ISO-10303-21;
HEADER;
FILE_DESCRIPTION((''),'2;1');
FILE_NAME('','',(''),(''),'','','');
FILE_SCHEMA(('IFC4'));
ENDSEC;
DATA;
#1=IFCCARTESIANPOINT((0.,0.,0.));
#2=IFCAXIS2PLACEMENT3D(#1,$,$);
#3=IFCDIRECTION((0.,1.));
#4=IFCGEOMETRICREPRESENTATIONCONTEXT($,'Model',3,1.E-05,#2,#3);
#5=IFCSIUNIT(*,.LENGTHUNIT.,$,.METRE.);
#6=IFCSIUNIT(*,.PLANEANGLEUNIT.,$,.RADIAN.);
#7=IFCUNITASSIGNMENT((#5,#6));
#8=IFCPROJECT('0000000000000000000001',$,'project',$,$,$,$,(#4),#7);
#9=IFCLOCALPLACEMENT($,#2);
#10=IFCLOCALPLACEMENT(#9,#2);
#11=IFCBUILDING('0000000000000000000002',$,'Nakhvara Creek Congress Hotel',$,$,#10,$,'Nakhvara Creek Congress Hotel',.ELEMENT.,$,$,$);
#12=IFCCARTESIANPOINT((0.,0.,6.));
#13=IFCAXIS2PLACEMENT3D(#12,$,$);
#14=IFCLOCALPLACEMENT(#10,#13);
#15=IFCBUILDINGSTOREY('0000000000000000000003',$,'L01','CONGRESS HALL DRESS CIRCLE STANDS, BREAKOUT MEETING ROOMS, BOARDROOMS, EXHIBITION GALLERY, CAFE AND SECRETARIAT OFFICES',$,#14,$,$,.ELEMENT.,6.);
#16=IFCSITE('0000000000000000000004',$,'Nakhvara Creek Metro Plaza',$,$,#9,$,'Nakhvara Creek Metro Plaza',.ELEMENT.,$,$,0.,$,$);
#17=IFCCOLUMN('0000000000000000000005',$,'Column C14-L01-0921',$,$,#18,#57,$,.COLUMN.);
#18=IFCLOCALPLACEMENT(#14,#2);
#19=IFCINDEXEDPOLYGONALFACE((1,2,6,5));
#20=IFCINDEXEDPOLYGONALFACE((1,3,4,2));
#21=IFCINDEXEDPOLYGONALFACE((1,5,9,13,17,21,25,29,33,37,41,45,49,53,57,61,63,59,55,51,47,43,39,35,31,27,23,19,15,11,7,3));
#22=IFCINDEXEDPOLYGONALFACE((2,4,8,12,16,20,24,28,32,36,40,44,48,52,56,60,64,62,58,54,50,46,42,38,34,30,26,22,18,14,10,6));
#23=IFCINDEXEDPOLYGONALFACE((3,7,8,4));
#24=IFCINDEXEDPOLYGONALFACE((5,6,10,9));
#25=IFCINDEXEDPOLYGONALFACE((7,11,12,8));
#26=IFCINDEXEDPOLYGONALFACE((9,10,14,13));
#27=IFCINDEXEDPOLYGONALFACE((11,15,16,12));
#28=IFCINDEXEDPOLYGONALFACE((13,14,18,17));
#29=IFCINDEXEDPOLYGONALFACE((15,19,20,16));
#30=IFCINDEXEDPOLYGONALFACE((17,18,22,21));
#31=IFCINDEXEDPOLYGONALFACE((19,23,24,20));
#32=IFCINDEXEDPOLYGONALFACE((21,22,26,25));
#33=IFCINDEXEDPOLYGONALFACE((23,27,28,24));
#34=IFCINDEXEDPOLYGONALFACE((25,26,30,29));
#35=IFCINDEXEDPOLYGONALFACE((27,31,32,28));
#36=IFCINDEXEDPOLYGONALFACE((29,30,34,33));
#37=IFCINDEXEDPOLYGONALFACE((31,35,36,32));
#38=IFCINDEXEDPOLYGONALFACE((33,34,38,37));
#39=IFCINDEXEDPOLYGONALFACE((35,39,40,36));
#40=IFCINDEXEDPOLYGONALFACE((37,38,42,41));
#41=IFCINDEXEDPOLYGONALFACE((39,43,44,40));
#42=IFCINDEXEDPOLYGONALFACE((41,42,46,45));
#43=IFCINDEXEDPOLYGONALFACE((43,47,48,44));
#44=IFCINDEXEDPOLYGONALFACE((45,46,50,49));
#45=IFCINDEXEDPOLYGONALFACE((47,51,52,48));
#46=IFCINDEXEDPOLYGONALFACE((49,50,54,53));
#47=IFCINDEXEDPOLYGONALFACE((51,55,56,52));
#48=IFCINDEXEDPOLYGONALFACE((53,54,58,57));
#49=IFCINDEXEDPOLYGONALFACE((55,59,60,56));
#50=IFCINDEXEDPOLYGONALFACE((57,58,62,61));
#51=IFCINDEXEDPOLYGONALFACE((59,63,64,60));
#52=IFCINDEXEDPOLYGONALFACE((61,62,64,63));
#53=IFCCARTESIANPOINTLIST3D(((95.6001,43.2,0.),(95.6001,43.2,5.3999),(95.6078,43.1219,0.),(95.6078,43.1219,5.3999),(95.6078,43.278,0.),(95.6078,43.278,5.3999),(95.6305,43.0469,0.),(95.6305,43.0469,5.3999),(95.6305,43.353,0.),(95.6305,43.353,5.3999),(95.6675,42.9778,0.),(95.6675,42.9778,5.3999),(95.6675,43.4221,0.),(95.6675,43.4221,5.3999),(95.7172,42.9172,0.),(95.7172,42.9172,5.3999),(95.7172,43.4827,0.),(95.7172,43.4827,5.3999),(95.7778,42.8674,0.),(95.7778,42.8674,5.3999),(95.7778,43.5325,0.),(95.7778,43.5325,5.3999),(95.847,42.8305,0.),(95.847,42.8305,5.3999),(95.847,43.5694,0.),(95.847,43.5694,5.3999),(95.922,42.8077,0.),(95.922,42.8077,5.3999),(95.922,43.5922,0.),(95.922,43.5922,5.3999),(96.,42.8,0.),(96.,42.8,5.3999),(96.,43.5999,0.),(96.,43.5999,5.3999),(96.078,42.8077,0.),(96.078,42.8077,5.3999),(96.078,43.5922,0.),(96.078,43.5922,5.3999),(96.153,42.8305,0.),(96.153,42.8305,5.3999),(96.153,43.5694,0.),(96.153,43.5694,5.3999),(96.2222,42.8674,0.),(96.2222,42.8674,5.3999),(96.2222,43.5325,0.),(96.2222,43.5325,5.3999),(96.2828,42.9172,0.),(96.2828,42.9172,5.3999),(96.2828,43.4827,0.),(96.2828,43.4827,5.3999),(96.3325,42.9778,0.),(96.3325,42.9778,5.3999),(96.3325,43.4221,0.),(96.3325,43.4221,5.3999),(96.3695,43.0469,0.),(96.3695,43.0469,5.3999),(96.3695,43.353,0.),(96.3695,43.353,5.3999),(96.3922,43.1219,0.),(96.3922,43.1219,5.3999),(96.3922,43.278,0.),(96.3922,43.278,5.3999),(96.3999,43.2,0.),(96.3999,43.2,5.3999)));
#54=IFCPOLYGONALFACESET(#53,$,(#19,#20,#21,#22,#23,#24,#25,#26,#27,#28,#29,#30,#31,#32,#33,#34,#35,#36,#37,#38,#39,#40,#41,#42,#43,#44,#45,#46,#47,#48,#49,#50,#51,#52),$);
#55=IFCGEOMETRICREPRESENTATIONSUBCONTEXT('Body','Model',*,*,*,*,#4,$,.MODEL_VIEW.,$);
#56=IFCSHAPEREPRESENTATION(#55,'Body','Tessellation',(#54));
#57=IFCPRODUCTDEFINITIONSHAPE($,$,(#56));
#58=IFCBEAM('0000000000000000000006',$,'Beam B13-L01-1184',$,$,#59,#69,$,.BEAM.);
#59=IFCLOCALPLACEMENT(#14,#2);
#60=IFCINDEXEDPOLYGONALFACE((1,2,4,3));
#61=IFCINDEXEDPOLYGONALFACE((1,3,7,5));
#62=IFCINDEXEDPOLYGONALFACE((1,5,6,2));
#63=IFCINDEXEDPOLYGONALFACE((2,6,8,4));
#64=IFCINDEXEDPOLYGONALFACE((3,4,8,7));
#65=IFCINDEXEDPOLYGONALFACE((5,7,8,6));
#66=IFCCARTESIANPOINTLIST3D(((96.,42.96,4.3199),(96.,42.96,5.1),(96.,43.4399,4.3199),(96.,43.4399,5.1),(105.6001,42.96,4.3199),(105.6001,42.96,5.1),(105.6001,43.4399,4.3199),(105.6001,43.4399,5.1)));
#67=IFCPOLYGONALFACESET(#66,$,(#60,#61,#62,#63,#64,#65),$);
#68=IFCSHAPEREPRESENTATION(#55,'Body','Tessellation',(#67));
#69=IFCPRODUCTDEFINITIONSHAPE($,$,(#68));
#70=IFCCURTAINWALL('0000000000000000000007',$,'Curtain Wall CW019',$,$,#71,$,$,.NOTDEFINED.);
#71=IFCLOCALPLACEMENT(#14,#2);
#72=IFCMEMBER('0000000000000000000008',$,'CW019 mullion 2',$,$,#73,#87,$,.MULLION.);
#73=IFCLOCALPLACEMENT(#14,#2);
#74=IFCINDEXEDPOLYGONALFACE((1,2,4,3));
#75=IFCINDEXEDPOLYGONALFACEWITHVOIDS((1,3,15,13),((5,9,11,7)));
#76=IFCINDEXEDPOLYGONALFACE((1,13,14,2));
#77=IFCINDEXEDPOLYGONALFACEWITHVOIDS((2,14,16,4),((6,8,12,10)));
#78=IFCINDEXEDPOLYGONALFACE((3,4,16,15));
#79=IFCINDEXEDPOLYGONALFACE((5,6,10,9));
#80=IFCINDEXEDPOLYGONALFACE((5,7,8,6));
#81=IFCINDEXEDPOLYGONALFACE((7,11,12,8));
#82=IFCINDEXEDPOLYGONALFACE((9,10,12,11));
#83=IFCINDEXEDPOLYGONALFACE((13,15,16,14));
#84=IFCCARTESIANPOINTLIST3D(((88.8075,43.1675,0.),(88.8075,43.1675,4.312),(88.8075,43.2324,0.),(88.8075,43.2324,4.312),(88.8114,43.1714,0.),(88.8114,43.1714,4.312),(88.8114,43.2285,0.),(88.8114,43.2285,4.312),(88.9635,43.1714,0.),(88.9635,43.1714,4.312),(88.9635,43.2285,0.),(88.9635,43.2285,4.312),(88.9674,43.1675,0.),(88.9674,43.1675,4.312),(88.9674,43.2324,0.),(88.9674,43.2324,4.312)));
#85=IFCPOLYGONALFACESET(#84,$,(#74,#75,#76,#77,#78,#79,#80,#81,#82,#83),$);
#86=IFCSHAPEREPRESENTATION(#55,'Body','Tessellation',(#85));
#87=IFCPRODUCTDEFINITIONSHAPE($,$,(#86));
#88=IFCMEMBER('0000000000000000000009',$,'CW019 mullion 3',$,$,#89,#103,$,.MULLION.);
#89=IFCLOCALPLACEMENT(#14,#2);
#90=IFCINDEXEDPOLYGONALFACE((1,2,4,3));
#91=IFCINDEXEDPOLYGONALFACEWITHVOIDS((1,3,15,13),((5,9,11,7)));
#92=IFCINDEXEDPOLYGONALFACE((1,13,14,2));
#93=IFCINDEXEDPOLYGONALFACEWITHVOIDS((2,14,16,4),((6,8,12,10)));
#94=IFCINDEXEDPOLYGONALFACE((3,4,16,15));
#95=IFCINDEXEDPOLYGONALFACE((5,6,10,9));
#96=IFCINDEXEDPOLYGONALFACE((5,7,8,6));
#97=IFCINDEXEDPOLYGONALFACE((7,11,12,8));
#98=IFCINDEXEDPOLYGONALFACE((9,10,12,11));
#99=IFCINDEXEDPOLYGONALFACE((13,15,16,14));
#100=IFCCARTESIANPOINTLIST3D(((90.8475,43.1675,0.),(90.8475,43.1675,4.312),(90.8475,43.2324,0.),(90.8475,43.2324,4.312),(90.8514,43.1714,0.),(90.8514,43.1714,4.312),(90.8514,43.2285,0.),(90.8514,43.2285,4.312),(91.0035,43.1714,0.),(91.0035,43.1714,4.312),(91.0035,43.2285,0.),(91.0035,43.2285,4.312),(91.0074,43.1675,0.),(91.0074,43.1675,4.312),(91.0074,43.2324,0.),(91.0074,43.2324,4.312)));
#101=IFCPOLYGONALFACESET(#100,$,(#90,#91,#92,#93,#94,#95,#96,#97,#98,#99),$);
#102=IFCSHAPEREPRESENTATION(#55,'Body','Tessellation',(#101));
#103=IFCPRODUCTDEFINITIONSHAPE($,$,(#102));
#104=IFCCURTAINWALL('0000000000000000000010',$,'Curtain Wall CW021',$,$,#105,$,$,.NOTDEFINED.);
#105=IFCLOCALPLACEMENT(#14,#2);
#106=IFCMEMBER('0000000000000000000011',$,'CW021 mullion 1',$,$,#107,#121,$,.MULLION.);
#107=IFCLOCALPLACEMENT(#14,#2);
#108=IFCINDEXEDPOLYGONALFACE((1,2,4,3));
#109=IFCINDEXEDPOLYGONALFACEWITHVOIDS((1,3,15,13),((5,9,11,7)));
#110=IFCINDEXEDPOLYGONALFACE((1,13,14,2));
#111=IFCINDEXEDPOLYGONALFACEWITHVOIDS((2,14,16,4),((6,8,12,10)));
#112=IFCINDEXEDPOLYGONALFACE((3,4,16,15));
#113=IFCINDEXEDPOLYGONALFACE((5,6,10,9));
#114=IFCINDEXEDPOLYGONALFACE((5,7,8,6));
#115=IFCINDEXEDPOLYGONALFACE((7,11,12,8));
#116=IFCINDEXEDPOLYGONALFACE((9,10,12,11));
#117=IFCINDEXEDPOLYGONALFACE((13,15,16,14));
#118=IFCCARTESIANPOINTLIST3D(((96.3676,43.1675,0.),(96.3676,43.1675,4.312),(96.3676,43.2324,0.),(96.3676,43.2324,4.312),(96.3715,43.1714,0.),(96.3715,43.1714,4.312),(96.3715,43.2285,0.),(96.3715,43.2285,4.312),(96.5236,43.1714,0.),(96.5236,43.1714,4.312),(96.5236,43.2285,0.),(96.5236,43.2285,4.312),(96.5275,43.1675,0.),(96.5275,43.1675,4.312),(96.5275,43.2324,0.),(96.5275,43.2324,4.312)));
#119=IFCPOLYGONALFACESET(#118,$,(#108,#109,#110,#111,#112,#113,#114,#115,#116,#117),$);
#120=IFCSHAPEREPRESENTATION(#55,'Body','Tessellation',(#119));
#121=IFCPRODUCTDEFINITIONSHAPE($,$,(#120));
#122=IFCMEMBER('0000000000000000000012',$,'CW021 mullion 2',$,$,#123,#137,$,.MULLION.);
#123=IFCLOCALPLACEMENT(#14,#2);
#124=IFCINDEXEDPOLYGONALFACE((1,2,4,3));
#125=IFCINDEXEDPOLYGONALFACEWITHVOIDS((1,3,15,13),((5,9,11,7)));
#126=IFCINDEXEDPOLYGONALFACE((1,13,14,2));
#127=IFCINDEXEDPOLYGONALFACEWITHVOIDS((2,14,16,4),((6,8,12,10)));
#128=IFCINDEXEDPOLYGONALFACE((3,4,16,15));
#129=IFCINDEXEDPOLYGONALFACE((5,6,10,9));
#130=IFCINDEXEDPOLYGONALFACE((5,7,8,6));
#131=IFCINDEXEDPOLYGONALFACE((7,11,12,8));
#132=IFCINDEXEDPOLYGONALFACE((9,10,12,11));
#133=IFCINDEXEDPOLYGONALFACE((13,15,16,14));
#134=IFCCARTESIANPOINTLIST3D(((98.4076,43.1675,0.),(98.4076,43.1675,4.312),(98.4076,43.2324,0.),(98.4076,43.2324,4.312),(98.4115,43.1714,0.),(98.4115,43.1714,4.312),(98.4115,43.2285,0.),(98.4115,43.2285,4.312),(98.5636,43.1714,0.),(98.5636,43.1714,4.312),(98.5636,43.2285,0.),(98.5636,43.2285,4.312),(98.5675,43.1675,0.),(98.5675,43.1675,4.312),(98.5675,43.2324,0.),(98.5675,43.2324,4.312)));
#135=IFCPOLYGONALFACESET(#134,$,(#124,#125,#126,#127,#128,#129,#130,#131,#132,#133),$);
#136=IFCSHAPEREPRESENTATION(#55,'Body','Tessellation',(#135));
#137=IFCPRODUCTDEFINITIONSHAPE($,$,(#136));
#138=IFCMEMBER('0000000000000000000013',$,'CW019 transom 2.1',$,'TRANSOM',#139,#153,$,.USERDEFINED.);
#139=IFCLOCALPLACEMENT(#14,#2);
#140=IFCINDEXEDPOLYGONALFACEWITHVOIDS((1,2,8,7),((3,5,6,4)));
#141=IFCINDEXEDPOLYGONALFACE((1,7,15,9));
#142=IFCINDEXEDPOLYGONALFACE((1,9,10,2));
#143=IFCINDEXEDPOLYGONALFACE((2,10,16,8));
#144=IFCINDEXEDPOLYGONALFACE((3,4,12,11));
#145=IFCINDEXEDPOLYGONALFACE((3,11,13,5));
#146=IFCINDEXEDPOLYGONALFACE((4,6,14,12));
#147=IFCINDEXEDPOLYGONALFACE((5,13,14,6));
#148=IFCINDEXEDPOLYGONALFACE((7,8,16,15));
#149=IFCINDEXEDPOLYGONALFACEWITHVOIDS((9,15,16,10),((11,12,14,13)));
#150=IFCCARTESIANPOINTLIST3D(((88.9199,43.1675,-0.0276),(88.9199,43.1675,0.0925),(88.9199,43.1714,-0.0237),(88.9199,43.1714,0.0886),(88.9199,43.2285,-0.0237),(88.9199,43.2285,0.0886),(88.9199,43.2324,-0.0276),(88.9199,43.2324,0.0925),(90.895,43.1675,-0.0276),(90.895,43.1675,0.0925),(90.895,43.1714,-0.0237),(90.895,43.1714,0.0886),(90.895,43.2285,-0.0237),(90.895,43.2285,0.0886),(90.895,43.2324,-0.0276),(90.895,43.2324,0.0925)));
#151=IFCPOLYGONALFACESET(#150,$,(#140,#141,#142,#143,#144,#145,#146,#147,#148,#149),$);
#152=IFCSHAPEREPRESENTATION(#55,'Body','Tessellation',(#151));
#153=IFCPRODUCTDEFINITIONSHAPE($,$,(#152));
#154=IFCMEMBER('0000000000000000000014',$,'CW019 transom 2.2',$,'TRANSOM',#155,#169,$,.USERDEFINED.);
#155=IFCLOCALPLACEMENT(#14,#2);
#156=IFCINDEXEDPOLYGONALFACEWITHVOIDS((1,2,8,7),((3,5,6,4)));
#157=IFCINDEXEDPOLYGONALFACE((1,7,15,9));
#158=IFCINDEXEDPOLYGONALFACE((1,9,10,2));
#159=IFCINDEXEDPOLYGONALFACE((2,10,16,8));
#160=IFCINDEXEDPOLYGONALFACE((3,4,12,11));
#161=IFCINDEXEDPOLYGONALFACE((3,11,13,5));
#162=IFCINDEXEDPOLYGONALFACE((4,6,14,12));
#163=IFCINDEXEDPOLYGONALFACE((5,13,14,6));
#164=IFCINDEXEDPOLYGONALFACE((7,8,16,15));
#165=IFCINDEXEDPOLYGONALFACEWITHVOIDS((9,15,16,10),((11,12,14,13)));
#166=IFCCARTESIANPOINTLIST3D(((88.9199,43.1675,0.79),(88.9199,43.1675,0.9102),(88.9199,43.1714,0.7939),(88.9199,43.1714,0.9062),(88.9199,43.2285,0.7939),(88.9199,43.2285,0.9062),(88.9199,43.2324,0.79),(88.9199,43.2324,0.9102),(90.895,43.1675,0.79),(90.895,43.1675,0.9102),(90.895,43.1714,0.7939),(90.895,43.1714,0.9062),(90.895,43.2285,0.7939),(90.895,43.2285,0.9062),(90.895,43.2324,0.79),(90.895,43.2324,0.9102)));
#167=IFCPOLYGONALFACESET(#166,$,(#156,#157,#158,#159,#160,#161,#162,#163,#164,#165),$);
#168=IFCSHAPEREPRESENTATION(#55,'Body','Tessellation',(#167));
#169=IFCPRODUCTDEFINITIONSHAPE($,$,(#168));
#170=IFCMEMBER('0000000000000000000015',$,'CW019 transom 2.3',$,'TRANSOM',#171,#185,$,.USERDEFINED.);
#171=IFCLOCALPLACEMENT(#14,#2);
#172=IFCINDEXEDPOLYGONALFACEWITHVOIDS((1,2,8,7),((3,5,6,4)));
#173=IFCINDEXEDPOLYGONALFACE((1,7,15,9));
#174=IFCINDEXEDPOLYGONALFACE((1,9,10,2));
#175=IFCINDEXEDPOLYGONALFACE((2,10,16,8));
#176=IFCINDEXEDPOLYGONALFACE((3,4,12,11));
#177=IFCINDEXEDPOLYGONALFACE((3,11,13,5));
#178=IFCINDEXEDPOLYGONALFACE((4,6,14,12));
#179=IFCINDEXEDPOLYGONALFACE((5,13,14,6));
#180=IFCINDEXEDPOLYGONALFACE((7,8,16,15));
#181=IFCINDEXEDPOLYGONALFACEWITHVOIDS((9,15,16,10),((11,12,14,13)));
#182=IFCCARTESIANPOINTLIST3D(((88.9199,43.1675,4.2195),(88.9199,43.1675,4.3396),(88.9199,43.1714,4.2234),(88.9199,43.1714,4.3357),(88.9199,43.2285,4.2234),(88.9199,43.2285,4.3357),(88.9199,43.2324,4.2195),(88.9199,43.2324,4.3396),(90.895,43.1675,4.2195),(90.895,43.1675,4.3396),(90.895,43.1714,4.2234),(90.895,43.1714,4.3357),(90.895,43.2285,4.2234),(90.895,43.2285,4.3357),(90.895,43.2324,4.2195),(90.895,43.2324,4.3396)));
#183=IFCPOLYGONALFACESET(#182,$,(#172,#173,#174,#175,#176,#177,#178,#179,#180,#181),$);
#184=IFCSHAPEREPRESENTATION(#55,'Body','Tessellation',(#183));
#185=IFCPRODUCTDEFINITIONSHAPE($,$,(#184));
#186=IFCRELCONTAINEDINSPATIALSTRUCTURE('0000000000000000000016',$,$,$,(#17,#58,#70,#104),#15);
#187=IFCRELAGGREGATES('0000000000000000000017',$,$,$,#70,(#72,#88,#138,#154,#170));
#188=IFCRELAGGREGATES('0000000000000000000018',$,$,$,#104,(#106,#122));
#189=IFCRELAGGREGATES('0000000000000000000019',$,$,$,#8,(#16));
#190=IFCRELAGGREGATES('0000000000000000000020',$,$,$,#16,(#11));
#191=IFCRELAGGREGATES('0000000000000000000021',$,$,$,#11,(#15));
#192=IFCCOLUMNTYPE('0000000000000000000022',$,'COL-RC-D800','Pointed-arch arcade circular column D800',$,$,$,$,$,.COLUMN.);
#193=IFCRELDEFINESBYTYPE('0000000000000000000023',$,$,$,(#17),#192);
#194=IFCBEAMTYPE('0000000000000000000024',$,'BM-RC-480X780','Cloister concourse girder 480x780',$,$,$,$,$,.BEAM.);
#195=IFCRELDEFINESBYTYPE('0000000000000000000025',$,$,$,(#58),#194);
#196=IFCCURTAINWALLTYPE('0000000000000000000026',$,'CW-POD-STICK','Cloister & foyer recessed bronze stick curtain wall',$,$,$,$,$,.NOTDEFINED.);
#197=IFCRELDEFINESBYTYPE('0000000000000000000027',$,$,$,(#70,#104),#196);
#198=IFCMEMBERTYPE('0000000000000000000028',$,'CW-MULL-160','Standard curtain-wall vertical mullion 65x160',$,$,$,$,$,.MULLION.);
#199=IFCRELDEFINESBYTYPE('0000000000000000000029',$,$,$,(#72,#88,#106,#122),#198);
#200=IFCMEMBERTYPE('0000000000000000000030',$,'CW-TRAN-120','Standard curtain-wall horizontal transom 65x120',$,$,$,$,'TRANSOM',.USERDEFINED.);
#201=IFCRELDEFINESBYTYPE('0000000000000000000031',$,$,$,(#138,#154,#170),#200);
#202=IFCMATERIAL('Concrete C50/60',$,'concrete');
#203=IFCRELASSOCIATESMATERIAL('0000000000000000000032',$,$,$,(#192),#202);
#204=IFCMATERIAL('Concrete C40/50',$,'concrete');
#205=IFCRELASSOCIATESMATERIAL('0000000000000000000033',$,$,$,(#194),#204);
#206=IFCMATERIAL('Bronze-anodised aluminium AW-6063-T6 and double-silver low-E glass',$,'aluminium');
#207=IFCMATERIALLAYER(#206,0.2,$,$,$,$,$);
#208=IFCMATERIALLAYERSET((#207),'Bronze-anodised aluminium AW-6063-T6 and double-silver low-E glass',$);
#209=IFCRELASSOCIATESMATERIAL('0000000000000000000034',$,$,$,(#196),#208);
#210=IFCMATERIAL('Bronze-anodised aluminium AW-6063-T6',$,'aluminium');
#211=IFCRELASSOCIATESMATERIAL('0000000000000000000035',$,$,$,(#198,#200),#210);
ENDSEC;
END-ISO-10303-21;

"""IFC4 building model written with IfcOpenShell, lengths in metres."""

from ifc_helpers import new_model, si_unit, direction, frame, origin, origin_2d, place, context, subcontext, project, spatial, rectangle, hollow_rectangle, circle, extrude, material, layer, layer_set, material_profile, profile_set, type_object, element, aggregate, save


model = new_model("IFC4")

# Units and contexts
model_context = context("Model", 3, precision=1e-05, world=origin(), true_north=direction((0.0, 1.0)))
body_context = subcontext(model_context, "Body", "Model", "MODEL_VIEW")
ifc_project = project(units=[si_unit("LENGTHUNIT", "METRE"), si_unit("PLANEANGLEUNIT", "RADIAN")], contexts=[model_context])

# Site, building, storey
site_placement = place(None, origin())
site = spatial("IfcSite", under=ifc_project, at=site_placement, Name="Nakhvara Creek Metro Plaza", LongName="Nakhvara Creek Metro Plaza", CompositionType="ELEMENT", RefElevation=0.0)
building_placement = place(site_placement, origin())
building = spatial("IfcBuilding", under=site, at=building_placement, Name="Nakhvara Creek Congress Hotel", LongName="Nakhvara Creek Congress Hotel", CompositionType="ELEMENT")
storey_placement = place(building_placement, frame((0.0, 0.0, 6.0)))
storey = spatial("IfcBuildingStorey", under=building, at=storey_placement, Name="L01", Description="CONGRESS HALL DRESS CIRCLE STANDS, BREAKOUT MEETING ROOMS, BOARDROOMS, EXHIBITION GALLERY, CAFE AND SECRETARIAT OFFICES", CompositionType="ELEMENT", Elevation=6.0)

# Column
ifc_material_1 = material(Name="Concrete C50/60", Category="concrete")
ifc_material_profile_1 = material_profile(ifc_material_1, circle(Radius=0.3999, at=origin_2d()), Name="RC-COL D800", Category="LoadBearing")
ifc_profile_set_1 = profile_set([ifc_material_profile_1], Name="Concrete C50/60")
column_type = type_object("IfcColumnType", Name="COL-RC-D800", Description="Pointed-arch arcade circular column D800", PredefinedType="COLUMN", material=ifc_profile_set_1)
column_placement = place(storey_placement, frame((96.0, 43.2, 0.0), z_axis=(0.0, 0.0, 1.0), x_axis=(1.0, 0.0, 0.0)))
element("IfcColumn", 1, at=column_placement, inside=storey, type_object=column_type, Name="Column C14-L01-0921", PredefinedType="COLUMN", context=body_context, shape_type="SweptSolid", body=[
    extrude(circle(Radius=0.3999, at=origin_2d()), origin(), (0.0, 0.0, 1.0), 5.3999),
])

# Beam
ifc_material_2 = material(Name="Concrete C40/50", Category="concrete")
ifc_material_profile_2 = material_profile(ifc_material_2, rectangle(XDim=0.48, YDim=0.78, at=origin_2d()), Name="RC-BM 480x780", Category="LoadBearing")
ifc_profile_set_2 = profile_set([ifc_material_profile_2], Name="Concrete C40/50")
beam_type = type_object("IfcBeamType", Name="BM-RC-480X780", Description="Cloister concourse girder 480x780", PredefinedType="BEAM", material=ifc_profile_set_2)
beam_placement = place(storey_placement, frame((96.0, 43.2, 4.71), z_axis=(1.0, 0.0, 0.0), x_axis=(0.0, 1.0, 0.0)))
element("IfcBeam", 2, at=beam_placement, inside=storey, type_object=beam_type, Name="Beam B13-L01-1184", PredefinedType="BEAM", context=body_context, shape_type="SweptSolid", body=[
    extrude(rectangle(XDim=0.48, YDim=0.78, at=origin_2d()), origin(), (0.0, 0.0, 1.0), 9.6001),
])

# Curtain walls, members
ifc_material_3 = material(Name="Bronze-anodised aluminium AW-6063-T6 and double-silver low-E glass", Category="aluminium")
ifc_layer = layer(ifc_material_3, 0.2)
ifc_layer_set = layer_set([ifc_layer], Name="Bronze-anodised aluminium AW-6063-T6 and double-silver low-E glass")
curtain_wall_type = type_object("IfcCurtainWallType", Name="CW-POD-STICK", Description="Cloister & foyer recessed bronze stick curtain wall", PredefinedType="NOTDEFINED", material=ifc_layer_set)
curtain_wall_1_placement = place(storey_placement, origin())
curtain_wall_1 = element("IfcCurtainWall", 3, at=curtain_wall_1_placement, inside=storey, type_object=curtain_wall_type, Name="Curtain Wall CW019", PredefinedType="NOTDEFINED")
ifc_material_4 = material(Name="Bronze-anodised aluminium AW-6063-T6", Category="aluminium")
ifc_material_profile_3 = material_profile(ifc_material_4, hollow_rectangle(XDim=0.0649, YDim=0.1599, WallThickness=0.0039, at=origin_2d()), Name="ALU-MULL 65x160x4", Category="LoadBearing")
ifc_profile_set_3 = profile_set([ifc_material_profile_3], Name="Bronze-anodised aluminium AW-6063-T6")
member_type_1 = type_object("IfcMemberType", Name="CW-MULL-160", Description="Standard curtain-wall vertical mullion 65x160", PredefinedType="MULLION", material=ifc_profile_set_3)
member_1_placement = place(storey_placement, frame((88.8875, 43.2, 0.0), z_axis=(0.0, 0.0, 1.0), x_axis=(0.0, 1.0, 0.0)))
member_1 = element("IfcMember", 4, at=member_1_placement, type_object=member_type_1, Name="CW019 mullion 2", PredefinedType="MULLION", context=body_context, shape_type="SweptSolid", body=[
    extrude(hollow_rectangle(XDim=0.0649, YDim=0.1599, WallThickness=0.0039, at=origin_2d()), origin(), (0.0, 0.0, 1.0), 4.312),
])
member_2_placement = place(storey_placement, frame((90.9275, 43.2, 0.0), z_axis=(0.0, 0.0, 1.0), x_axis=(0.0, 1.0, 0.0)))
member_2 = element("IfcMember", 5, at=member_2_placement, type_object=member_type_1, Name="CW019 mullion 3", PredefinedType="MULLION", context=body_context, shape_type="SweptSolid", body=[
    extrude(hollow_rectangle(XDim=0.0649, YDim=0.1599, WallThickness=0.0039, at=origin_2d()), origin(), (0.0, 0.0, 1.0), 4.312),
])
curtain_wall_2_placement = place(storey_placement, origin())
curtain_wall_2 = element("IfcCurtainWall", 6, at=curtain_wall_2_placement, inside=storey, type_object=curtain_wall_type, Name="Curtain Wall CW021", PredefinedType="NOTDEFINED")
member_3_placement = place(storey_placement, frame((96.4475, 43.2, 0.0), z_axis=(0.0, 0.0, 1.0), x_axis=(0.0, 1.0, 0.0)))
member_3 = element("IfcMember", 7, at=member_3_placement, type_object=member_type_1, Name="CW021 mullion 1", PredefinedType="MULLION", context=body_context, shape_type="SweptSolid", body=[
    extrude(hollow_rectangle(XDim=0.0649, YDim=0.1599, WallThickness=0.0039, at=origin_2d()), origin(), (0.0, 0.0, 1.0), 4.312),
])
member_4_placement = place(storey_placement, frame((98.4875, 43.2, 0.0), z_axis=(0.0, 0.0, 1.0), x_axis=(0.0, 1.0, 0.0)))
member_4 = element("IfcMember", 8, at=member_4_placement, type_object=member_type_1, Name="CW021 mullion 2", PredefinedType="MULLION", context=body_context, shape_type="SweptSolid", body=[
    extrude(hollow_rectangle(XDim=0.0649, YDim=0.1599, WallThickness=0.0039, at=origin_2d()), origin(), (0.0, 0.0, 1.0), 4.312),
])

# Members
ifc_material_profile_4 = material_profile(ifc_material_4, hollow_rectangle(XDim=0.0649, YDim=0.1201, WallThickness=0.0039, at=origin_2d()), Name="ALU-TRAN 65x120x4", Category="LoadBearing")
ifc_profile_set_4 = profile_set([ifc_material_profile_4], Name="Bronze-anodised aluminium AW-6063-T6")
member_type_2 = type_object("IfcMemberType", Name="CW-TRAN-120", Description="Standard curtain-wall horizontal transom 65x120", ElementType="TRANSOM", PredefinedType="USERDEFINED", material=ifc_profile_set_4)
member_5_placement = place(storey_placement, frame((88.9199, 43.2, 0.0325), z_axis=(1.0, 0.0, 0.0), x_axis=(0.0, 1.0, 0.0)))
member_5 = element("IfcMember", 9, at=member_5_placement, type_object=member_type_2, Name="CW019 transom 2.1", ObjectType="TRANSOM", PredefinedType="USERDEFINED", context=body_context, shape_type="SweptSolid", body=[
    extrude(hollow_rectangle(XDim=0.0649, YDim=0.1201, WallThickness=0.0039, at=origin_2d()), origin(), (0.0, 0.0, 1.0), 1.9751),
])
member_6_placement = place(storey_placement, frame((88.9199, 43.2, 0.8501), z_axis=(1.0, 0.0, 0.0), x_axis=(0.0, 1.0, 0.0)))
member_6 = element("IfcMember", 10, at=member_6_placement, type_object=member_type_2, Name="CW019 transom 2.2", ObjectType="TRANSOM", PredefinedType="USERDEFINED", context=body_context, shape_type="SweptSolid", body=[
    extrude(hollow_rectangle(XDim=0.0649, YDim=0.1201, WallThickness=0.0039, at=origin_2d()), origin(), (0.0, 0.0, 1.0), 1.9751),
])
member_7_placement = place(storey_placement, frame((88.9199, 43.2, 4.2795), z_axis=(1.0, 0.0, 0.0), x_axis=(0.0, 1.0, 0.0)))
member_7 = element("IfcMember", 11, at=member_7_placement, type_object=member_type_2, Name="CW019 transom 2.3", ObjectType="TRANSOM", PredefinedType="USERDEFINED", context=body_context, shape_type="SweptSolid", body=[
    extrude(hollow_rectangle(XDim=0.0649, YDim=0.1201, WallThickness=0.0039, at=origin_2d()), origin(), (0.0, 0.0, 1.0), 1.9751),
])

aggregate(curtain_wall_1, [member_1, member_2, member_5, member_6, member_7])
aggregate(curtain_wall_2, [member_3, member_4])

save(model, "model.ifc")
